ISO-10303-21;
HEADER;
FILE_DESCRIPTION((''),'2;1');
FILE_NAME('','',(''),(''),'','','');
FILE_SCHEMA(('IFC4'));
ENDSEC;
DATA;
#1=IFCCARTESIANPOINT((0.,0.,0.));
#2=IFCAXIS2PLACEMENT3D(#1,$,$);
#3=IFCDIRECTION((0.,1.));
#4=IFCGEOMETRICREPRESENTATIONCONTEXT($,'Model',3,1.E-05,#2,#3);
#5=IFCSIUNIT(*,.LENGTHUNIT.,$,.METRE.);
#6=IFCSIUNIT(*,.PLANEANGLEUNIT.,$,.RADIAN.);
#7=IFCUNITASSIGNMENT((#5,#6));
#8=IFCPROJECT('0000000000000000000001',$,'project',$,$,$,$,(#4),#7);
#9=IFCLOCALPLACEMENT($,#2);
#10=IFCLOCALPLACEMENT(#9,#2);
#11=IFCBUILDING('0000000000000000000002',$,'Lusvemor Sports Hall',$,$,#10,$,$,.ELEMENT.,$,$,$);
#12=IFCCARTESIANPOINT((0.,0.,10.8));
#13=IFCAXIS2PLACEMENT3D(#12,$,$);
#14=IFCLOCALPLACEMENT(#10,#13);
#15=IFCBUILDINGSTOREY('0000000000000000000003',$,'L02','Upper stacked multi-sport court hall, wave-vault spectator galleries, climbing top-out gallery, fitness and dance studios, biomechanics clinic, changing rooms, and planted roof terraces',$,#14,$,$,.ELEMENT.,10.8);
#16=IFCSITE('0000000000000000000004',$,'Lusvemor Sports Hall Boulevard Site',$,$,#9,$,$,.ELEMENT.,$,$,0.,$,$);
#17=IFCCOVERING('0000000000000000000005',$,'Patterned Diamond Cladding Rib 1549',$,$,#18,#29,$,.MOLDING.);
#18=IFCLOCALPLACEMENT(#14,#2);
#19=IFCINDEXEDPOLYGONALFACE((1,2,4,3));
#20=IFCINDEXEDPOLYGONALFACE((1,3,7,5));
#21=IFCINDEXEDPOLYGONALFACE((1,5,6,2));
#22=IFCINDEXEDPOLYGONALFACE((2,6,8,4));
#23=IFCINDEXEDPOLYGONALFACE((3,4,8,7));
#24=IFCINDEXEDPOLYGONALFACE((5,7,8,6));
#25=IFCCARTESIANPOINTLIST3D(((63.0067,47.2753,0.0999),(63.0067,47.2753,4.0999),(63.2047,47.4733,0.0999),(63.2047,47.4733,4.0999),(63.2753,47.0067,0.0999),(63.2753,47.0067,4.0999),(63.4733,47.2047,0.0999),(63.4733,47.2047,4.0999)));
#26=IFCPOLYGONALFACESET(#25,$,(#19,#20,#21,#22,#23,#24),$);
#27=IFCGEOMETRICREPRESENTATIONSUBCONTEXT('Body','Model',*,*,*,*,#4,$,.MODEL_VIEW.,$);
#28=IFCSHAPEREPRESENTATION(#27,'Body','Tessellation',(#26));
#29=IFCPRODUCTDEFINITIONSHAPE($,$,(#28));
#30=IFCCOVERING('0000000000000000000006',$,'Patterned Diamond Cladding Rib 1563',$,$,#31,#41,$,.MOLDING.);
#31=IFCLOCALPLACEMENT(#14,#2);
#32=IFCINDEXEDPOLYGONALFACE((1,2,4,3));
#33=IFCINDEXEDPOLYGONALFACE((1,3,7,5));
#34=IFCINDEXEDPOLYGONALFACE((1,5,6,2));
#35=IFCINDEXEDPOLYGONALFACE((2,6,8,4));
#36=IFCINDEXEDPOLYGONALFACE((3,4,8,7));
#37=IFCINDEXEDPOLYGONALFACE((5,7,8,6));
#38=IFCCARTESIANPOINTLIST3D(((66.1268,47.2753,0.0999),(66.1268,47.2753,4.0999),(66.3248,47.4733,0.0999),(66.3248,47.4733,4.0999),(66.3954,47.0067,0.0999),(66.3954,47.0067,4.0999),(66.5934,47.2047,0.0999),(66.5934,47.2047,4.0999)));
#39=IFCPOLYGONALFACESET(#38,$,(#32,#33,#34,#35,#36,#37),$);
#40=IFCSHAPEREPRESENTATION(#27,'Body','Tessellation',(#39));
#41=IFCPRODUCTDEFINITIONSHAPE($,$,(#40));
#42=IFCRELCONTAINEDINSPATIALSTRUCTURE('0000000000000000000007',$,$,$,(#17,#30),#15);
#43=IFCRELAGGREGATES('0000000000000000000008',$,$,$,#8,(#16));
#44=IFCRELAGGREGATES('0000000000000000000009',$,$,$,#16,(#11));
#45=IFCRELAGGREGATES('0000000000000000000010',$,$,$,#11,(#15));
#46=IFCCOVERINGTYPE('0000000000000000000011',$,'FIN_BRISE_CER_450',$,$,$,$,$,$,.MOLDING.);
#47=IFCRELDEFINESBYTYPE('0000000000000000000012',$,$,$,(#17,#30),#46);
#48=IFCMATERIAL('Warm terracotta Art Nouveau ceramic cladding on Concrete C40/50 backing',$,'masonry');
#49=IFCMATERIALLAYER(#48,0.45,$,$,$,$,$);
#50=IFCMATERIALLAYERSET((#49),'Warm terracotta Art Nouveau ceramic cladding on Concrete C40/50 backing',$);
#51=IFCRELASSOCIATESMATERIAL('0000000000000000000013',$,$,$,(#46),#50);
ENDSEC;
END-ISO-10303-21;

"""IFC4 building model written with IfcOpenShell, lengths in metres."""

from ifc_helpers import new_model, si_unit, direction, frame, origin, origin_2d, place, context, subcontext, project, spatial, rectangle, extrude, material, layer, layer_set, type_object, element, save


model = new_model("IFC4")

# Units and contexts
model_context = context("Model", 3, precision=1e-05, world=origin(), true_north=direction((0.0, 1.0)))
body_context = subcontext(model_context, "Body", "Model", "MODEL_VIEW")
ifc_project = project(units=[si_unit("LENGTHUNIT", "METRE"), si_unit("PLANEANGLEUNIT", "RADIAN")], contexts=[model_context])

# Site, building, storey
site_placement = place(None, origin())
site = spatial("IfcSite", under=ifc_project, at=site_placement, Name="Lusvemor Sports Hall Boulevard Site", CompositionType="ELEMENT", RefElevation=0.0)
building_placement = place(site_placement, origin())
building = spatial("IfcBuilding", under=site, at=building_placement, Name="Lusvemor Sports Hall", CompositionType="ELEMENT")
storey_placement = place(building_placement, frame((0.0, 0.0, 10.8)))
storey = spatial("IfcBuildingStorey", under=building, at=storey_placement, Name="L02", Description="Upper stacked multi-sport court hall, wave-vault spectator galleries, climbing top-out gallery, fitness and dance studios, biomechanics clinic, changing rooms, and planted roof terraces", CompositionType="ELEMENT", Elevation=10.8)

# Coverings
ifc_material_1 = material(Name="Warm terracotta Art Nouveau ceramic cladding on Concrete C40/50 backing", Category="masonry")
ifc_layer_1 = layer(ifc_material_1, 0.45)
ifc_layer_set_1 = layer_set([ifc_layer_1], Name="Warm terracotta Art Nouveau ceramic cladding on Concrete C40/50 backing")
covering_type_1 = type_object("IfcCoveringType", Name="FIN_BRISE_CER_450", PredefinedType="MOLDING", material=ifc_layer_set_1)
for number, where, z_axis, x_axis, name in (
    (1, (63.24, 47.24, 0.0999), (0.0, 0.0, 1.0), (0.707107, 0.707107, 0.0), "Patterned Diamond Cladding Rib 1549"),
    (2, (66.3601, 47.24, 0.0999), (0.0, 0.0, 1.0), (0.707107, 0.707107, 0.0), "Patterned Diamond Cladding Rib 1563"),
):
    element("IfcCovering", number, at=place(storey_placement, frame(where, z_axis=z_axis, x_axis=x_axis)), inside=storey, type_object=covering_type_1, Name=name, PredefinedType="MOLDING", context=body_context, shape_type="SweptSolid", body=[
        extrude(rectangle(XDim=0.28, YDim=0.3799, at=origin_2d()), origin(), (0.0, 0.0, 1.0), 4.0),
    ])

save(model, "model.ifc")
